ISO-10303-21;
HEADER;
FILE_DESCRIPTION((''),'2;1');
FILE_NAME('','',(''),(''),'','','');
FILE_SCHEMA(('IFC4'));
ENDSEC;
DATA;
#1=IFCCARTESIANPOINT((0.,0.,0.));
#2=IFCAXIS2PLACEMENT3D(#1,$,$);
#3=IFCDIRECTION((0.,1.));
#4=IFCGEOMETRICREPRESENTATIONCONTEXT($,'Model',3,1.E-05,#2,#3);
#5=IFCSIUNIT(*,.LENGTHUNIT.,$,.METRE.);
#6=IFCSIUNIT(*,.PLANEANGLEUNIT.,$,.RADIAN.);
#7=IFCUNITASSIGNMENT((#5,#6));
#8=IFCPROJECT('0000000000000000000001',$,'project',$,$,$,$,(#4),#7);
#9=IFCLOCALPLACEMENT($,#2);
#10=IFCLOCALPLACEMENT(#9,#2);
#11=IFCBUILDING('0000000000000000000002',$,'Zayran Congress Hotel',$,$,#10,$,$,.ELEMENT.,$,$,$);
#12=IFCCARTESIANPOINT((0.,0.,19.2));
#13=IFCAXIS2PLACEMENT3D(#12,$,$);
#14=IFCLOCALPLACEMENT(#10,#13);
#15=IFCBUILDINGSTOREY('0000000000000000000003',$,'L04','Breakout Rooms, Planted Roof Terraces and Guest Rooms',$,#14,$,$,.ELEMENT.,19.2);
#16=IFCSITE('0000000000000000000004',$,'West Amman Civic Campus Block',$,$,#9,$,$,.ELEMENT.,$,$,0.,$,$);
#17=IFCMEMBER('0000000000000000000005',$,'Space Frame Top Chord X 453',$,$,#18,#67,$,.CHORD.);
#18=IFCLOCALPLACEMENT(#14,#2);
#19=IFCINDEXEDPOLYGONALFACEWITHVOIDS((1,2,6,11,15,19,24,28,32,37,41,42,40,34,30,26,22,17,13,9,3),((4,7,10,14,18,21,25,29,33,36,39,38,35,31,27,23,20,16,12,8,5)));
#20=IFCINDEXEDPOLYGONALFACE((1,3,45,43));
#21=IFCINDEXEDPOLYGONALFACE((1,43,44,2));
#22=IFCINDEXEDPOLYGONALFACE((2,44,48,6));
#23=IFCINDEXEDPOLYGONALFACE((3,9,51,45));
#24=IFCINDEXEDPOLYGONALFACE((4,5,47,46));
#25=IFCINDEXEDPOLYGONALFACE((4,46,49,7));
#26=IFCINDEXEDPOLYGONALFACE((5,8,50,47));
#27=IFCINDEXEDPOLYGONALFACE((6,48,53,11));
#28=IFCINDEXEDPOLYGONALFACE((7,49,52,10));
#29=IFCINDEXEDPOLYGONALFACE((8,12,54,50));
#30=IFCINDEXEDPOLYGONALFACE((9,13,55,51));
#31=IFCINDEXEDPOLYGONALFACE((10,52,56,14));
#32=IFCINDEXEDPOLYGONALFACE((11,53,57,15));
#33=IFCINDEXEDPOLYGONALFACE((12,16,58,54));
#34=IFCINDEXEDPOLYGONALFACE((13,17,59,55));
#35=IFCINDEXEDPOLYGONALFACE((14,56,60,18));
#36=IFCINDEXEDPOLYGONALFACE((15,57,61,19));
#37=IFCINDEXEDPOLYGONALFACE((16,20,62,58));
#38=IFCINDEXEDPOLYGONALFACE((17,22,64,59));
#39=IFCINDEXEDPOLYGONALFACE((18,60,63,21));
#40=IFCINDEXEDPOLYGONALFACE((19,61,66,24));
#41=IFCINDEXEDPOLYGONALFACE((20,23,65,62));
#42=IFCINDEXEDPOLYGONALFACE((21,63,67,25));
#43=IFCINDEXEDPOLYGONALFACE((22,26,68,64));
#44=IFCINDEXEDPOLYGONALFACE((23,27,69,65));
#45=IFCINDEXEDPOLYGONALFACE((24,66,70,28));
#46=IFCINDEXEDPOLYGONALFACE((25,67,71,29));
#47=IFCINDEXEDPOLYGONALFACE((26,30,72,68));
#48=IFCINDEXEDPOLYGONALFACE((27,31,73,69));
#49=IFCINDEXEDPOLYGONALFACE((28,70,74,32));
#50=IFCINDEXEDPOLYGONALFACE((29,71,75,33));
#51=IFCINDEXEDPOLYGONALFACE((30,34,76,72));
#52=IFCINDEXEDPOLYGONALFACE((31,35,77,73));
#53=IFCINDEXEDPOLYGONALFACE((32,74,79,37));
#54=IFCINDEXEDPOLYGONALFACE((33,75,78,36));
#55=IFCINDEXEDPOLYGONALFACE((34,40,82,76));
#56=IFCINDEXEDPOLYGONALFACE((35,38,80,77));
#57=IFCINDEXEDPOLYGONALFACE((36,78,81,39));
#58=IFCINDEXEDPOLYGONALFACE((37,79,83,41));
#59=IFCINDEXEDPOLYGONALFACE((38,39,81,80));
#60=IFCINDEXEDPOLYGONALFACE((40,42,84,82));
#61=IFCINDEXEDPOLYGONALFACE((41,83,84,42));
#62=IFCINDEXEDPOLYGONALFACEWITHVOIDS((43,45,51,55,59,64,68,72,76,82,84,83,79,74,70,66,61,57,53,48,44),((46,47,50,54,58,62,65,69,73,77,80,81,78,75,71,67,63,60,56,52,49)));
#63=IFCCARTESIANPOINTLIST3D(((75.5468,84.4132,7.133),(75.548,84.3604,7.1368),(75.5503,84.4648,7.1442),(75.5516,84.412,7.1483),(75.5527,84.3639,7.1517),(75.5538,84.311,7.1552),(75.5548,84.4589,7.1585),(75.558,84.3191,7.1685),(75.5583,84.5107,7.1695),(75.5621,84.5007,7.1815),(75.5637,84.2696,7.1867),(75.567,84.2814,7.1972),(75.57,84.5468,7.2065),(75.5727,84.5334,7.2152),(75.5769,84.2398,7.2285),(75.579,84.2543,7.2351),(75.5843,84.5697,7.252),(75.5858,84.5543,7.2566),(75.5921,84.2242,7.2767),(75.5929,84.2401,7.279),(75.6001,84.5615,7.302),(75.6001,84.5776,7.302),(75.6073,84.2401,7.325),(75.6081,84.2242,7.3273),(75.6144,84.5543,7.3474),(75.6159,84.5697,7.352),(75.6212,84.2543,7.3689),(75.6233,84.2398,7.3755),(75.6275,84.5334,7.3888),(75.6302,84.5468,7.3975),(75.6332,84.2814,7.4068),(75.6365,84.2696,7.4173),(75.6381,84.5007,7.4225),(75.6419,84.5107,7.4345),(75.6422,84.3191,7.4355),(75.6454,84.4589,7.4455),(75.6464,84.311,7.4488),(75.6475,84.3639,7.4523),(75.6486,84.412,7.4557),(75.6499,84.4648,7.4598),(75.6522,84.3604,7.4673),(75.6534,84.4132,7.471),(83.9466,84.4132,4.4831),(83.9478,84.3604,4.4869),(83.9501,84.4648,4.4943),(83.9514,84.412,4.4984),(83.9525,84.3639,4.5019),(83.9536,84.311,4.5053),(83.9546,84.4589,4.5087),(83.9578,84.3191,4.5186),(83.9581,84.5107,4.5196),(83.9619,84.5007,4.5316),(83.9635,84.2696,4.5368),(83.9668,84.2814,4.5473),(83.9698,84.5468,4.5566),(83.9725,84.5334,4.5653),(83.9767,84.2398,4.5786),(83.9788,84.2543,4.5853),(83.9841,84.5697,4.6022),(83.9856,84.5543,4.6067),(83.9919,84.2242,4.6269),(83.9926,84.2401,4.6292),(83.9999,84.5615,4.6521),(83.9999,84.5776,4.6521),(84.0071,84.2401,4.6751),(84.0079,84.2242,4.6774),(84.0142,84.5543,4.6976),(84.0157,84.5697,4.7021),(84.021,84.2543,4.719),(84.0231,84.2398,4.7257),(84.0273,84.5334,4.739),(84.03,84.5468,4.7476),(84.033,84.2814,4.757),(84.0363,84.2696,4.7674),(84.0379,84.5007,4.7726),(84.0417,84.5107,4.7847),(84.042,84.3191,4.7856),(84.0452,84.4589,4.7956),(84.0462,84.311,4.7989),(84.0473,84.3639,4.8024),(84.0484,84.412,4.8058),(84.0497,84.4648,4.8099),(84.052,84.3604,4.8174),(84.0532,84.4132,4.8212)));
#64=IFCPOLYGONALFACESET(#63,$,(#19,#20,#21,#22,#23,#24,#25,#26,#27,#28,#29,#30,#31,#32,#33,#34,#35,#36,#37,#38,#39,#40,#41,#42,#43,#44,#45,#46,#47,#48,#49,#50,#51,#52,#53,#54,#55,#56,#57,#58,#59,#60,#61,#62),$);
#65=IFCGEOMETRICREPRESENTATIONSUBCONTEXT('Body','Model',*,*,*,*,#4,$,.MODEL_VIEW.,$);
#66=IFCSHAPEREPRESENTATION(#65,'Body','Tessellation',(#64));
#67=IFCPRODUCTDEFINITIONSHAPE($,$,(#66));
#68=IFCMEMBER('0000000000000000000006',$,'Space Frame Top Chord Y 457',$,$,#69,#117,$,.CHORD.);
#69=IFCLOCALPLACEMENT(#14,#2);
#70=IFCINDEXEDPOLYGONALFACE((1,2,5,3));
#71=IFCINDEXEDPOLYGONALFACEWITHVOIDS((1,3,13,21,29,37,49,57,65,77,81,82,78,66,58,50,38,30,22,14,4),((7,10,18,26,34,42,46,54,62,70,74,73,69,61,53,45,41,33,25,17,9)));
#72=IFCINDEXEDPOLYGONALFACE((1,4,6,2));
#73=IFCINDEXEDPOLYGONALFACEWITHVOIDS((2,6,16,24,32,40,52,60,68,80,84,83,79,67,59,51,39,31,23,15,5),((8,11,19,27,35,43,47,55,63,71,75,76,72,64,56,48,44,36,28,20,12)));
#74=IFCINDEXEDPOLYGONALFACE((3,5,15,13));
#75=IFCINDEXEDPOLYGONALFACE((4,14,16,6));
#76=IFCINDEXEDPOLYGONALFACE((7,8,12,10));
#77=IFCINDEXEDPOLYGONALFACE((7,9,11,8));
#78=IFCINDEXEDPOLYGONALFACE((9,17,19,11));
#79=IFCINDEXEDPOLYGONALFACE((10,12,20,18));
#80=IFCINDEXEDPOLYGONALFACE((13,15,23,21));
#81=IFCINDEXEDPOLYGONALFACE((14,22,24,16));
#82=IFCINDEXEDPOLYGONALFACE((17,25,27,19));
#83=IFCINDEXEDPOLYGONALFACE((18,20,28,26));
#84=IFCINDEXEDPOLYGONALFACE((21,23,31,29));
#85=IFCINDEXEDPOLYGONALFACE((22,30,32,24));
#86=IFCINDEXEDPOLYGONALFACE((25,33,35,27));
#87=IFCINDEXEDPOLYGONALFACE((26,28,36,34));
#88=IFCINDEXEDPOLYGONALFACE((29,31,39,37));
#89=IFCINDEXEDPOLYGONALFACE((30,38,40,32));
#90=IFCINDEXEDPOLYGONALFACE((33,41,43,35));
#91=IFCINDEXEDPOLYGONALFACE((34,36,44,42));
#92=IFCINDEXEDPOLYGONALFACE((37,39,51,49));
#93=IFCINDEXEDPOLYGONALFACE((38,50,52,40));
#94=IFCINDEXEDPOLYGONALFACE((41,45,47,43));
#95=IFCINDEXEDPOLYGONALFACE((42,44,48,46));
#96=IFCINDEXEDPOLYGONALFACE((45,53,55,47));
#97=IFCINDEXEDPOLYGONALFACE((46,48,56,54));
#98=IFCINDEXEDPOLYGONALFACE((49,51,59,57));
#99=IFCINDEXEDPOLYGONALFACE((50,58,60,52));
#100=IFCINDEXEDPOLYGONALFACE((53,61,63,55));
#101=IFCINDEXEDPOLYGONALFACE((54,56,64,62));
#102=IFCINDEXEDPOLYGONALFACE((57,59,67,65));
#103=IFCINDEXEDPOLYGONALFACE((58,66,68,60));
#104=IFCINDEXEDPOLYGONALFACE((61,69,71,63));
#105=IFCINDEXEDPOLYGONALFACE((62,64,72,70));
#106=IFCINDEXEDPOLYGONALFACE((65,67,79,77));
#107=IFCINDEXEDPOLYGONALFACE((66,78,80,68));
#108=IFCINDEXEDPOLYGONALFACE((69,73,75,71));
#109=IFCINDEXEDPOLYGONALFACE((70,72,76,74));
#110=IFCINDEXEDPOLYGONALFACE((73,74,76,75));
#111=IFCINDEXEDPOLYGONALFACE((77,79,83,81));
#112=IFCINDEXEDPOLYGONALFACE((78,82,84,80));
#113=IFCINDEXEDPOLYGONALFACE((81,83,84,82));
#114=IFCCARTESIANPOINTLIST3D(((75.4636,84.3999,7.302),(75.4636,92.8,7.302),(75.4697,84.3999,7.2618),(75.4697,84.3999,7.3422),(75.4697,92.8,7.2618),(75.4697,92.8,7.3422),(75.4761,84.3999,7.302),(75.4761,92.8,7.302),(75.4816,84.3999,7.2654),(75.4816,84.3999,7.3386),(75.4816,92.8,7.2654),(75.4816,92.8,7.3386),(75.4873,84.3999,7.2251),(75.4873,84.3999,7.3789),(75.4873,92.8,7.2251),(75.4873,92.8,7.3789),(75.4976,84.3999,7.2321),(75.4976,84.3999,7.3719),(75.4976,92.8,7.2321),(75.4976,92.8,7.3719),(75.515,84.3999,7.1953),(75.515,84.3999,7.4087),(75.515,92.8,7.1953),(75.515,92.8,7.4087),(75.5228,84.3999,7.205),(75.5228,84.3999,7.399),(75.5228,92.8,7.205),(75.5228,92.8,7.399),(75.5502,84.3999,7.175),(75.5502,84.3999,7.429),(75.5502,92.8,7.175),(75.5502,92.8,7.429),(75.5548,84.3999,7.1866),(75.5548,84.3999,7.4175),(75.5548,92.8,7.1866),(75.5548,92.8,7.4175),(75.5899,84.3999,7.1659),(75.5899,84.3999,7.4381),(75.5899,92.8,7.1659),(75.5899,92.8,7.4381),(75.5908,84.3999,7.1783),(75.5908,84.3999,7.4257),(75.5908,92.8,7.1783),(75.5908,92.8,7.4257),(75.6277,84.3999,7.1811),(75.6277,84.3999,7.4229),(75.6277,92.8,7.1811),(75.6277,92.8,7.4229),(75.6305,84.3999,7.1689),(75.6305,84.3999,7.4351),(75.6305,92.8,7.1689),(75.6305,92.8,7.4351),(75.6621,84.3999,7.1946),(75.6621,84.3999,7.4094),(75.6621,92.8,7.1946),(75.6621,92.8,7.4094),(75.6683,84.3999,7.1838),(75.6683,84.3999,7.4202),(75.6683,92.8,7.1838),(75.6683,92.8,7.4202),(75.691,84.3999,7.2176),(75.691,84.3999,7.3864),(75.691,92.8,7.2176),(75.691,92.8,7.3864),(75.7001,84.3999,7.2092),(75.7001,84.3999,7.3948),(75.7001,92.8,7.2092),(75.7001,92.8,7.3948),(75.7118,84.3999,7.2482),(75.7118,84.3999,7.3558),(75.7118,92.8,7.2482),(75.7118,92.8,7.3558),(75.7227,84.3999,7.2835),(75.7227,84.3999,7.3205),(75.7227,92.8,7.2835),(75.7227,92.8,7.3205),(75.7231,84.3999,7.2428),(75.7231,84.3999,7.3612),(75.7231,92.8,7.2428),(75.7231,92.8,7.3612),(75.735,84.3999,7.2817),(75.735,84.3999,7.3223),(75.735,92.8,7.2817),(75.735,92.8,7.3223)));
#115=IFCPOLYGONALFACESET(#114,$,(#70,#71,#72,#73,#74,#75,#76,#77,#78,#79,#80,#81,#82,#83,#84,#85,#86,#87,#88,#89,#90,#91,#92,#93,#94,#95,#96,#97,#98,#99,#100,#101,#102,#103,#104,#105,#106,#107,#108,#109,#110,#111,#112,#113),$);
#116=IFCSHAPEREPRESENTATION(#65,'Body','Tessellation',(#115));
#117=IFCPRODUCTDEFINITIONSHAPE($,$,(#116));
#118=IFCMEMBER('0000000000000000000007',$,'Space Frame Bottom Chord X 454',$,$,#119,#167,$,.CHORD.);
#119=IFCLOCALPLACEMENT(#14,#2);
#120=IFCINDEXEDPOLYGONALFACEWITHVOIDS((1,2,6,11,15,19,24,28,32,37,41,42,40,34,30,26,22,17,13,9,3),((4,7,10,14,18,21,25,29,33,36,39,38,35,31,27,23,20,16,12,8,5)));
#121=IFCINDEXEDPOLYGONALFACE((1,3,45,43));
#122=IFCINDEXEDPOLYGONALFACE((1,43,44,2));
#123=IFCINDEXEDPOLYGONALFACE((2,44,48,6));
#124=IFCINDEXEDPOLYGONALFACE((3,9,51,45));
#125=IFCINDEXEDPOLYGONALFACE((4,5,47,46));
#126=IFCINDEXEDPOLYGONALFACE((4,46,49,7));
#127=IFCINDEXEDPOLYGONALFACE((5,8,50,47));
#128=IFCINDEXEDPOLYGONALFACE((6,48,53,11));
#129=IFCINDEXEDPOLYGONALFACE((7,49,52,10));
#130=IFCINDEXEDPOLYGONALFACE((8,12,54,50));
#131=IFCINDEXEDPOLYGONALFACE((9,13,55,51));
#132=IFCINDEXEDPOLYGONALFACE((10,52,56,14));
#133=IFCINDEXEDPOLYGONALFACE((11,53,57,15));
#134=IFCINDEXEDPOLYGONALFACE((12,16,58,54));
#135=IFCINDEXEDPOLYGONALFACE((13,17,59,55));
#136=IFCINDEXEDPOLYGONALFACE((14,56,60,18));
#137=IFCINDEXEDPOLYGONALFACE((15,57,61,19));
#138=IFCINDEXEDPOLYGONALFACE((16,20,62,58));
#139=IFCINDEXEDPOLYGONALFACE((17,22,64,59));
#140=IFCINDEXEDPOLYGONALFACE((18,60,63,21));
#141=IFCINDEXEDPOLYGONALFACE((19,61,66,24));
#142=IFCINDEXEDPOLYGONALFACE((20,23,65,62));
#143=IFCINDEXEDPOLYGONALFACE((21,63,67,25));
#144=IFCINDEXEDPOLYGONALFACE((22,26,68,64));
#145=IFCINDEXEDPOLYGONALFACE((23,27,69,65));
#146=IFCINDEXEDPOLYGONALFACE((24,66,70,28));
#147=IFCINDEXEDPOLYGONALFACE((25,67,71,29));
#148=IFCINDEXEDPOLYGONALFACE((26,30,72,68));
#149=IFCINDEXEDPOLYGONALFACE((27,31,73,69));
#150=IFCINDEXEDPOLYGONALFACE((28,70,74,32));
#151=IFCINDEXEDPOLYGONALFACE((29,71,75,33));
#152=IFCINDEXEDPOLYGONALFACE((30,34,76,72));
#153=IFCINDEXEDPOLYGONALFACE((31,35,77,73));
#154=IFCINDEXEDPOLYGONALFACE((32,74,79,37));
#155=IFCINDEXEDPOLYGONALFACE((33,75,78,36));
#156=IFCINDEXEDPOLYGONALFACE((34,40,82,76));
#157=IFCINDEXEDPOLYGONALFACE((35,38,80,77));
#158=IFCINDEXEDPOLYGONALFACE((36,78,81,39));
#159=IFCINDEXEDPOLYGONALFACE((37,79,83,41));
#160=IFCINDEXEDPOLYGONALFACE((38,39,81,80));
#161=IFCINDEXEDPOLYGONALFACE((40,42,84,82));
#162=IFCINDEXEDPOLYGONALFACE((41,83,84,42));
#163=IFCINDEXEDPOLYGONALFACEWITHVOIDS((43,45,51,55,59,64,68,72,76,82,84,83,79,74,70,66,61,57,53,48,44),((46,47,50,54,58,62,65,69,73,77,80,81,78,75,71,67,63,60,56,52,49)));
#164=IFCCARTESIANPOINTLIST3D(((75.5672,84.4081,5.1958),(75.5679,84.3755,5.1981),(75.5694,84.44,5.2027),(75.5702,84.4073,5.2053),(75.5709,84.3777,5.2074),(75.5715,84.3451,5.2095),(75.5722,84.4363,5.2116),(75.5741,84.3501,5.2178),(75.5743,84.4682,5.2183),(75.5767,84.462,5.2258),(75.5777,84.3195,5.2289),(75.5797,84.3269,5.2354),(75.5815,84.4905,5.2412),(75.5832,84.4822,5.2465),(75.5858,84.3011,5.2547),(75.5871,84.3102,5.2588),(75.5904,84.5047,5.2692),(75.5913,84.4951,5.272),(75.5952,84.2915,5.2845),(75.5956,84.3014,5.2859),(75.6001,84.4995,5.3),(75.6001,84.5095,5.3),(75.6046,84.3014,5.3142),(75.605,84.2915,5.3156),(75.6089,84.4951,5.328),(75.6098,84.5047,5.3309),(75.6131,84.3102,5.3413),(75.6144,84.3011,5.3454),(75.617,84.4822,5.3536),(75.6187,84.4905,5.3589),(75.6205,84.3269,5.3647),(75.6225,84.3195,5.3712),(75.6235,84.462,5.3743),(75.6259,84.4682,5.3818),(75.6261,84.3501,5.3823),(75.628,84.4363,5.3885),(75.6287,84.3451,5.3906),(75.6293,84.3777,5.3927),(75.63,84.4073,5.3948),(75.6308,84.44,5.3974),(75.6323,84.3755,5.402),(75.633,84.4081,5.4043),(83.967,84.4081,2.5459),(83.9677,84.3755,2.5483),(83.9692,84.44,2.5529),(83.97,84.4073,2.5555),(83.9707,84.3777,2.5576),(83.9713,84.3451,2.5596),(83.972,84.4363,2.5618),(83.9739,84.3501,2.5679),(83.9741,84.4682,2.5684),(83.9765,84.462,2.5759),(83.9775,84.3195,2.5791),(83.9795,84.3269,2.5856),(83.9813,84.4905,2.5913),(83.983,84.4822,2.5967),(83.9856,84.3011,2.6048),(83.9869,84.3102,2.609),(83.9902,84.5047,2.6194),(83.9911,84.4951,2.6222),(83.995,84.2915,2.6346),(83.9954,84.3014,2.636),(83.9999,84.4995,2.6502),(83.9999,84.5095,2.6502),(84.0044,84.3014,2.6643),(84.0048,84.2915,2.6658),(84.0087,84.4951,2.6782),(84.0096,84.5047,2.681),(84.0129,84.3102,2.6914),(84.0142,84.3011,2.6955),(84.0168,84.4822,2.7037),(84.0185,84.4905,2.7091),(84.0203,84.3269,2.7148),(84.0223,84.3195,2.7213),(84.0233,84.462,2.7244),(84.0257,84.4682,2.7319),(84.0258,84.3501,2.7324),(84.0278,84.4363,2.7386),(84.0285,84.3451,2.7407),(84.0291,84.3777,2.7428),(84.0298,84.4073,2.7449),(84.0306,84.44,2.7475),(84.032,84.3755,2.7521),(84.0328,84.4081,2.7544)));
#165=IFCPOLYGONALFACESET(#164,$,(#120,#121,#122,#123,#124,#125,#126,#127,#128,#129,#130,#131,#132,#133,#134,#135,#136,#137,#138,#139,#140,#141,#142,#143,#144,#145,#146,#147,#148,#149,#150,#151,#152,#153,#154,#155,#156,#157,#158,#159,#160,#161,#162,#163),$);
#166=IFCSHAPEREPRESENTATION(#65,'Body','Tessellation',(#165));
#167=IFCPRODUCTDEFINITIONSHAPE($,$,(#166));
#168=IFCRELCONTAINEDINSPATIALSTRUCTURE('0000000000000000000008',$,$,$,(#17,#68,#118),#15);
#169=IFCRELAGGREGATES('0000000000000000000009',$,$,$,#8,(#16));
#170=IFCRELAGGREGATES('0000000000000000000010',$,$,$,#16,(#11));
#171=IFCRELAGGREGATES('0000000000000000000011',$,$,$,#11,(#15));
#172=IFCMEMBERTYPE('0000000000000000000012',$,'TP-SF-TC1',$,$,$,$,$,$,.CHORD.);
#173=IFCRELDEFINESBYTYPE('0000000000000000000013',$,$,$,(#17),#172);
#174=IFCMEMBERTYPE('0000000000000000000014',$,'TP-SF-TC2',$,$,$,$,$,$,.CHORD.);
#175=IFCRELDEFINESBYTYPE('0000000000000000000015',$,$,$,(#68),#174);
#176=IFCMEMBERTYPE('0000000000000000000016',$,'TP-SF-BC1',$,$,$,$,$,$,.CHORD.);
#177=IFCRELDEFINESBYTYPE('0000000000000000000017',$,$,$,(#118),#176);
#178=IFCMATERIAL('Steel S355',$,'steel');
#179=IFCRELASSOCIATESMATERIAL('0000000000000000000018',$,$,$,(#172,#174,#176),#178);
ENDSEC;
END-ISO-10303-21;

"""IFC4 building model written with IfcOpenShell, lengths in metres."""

from ifc_helpers import new_model, si_unit, direction, frame, origin, origin_2d, place, context, subcontext, project, spatial, hollow_circle, extrude, material, material_profile, profile_set, type_object, element, save


model = new_model("IFC4")

# Units and contexts
model_context = context("Model", 3, precision=1e-05, world=origin(), true_north=direction((0.0, 1.0)))
body_context = subcontext(model_context, "Body", "Model", "MODEL_VIEW")
ifc_project = project(units=[si_unit("LENGTHUNIT", "METRE"), si_unit("PLANEANGLEUNIT", "RADIAN")], contexts=[model_context])

# Site, building, storey
site_placement = place(None, origin())
site = spatial("IfcSite", under=ifc_project, at=site_placement, Name="West Amman Civic Campus Block", CompositionType="ELEMENT", RefElevation=0.0)
building_placement = place(site_placement, origin())
building = spatial("IfcBuilding", under=site, at=building_placement, Name="Zayran Congress Hotel", CompositionType="ELEMENT")
storey_placement = place(building_placement, frame((0.0, 0.0, 19.2)))
storey = spatial("IfcBuildingStorey", under=building, at=storey_placement, Name="L04", Description="Breakout Rooms, Planted Roof Terraces and Guest Rooms", CompositionType="ELEMENT", Elevation=19.2)

# Members
ifc_material_1 = material(Name="Steel S355", Category="steel")
ifc_material_profile_1 = material_profile(ifc_material_1, hollow_circle(Radius=0.1777, WallThickness=0.0161, at=origin_2d()), Name="CHS 355.6x16")
ifc_profile_set_1 = profile_set([ifc_material_profile_1], Name="Steel S355")
member_type_1 = type_object("IfcMemberType", Name="TP-SF-TC1", PredefinedType="CHORD", material=ifc_profile_set_1)
member_1_placement = place(storey_placement, frame((75.6001, 84.3999, 7.302), z_axis=(0.953671, 0.0, -0.300853), x_axis=(0.0, 1.0, 0.0)))
element("IfcMember", 1, at=member_1_placement, inside=storey, type_object=member_type_1, Name="Space Frame Top Chord X 453", PredefinedType="CHORD", context=body_context, shape_type="SweptSolid", body=[
    extrude(hollow_circle(Radius=0.1777, WallThickness=0.0161, at=origin_2d()), origin(), (0.0, 0.0, 1.0), 8.8079),
])
ifc_material_profile_2 = material_profile(ifc_material_1, hollow_circle(Radius=0.1365, WallThickness=0.0125, at=origin_2d()), Name="CHS 273x12.5")
ifc_profile_set_2 = profile_set([ifc_material_profile_2], Name="Steel S355")
member_type_2 = type_object("IfcMemberType", Name="TP-SF-TC2", PredefinedType="CHORD", material=ifc_profile_set_2)
member_2_placement = place(storey_placement, frame((75.6001, 84.3999, 7.302), z_axis=(0.0, 1.0, 0.0), x_axis=(-1.0, 0.0, 0.0)))
element("IfcMember", 2, at=member_2_placement, inside=storey, type_object=member_type_2, Name="Space Frame Top Chord Y 457", PredefinedType="CHORD", context=body_context, shape_type="SweptSolid", body=[
    extrude(hollow_circle(Radius=0.1365, WallThickness=0.0125, at=origin_2d()), origin(), (0.0, 0.0, 1.0), 8.4001),
])
ifc_material_profile_3 = material_profile(ifc_material_1, hollow_circle(Radius=0.1096, WallThickness=0.01, at=origin_2d()), Name="CHS 219.1x10")
ifc_profile_set_3 = profile_set([ifc_material_profile_3], Name="Steel S355")
member_type_3 = type_object("IfcMemberType", Name="TP-SF-BC1", PredefinedType="CHORD", material=ifc_profile_set_3)
member_3_placement = place(storey_placement, frame((75.6001, 84.3999, 5.3), z_axis=(0.953671, 0.0, -0.300853), x_axis=(0.0, 1.0, 0.0)))
element("IfcMember", 3, at=member_3_placement, inside=storey, type_object=member_type_3, Name="Space Frame Bottom Chord X 454", PredefinedType="CHORD", context=body_context, shape_type="SweptSolid", body=[
    extrude(hollow_circle(Radius=0.1096, WallThickness=0.01, at=origin_2d()), origin(), (0.0, 0.0, 1.0), 8.8079),
])

save(model, "model.ifc")
